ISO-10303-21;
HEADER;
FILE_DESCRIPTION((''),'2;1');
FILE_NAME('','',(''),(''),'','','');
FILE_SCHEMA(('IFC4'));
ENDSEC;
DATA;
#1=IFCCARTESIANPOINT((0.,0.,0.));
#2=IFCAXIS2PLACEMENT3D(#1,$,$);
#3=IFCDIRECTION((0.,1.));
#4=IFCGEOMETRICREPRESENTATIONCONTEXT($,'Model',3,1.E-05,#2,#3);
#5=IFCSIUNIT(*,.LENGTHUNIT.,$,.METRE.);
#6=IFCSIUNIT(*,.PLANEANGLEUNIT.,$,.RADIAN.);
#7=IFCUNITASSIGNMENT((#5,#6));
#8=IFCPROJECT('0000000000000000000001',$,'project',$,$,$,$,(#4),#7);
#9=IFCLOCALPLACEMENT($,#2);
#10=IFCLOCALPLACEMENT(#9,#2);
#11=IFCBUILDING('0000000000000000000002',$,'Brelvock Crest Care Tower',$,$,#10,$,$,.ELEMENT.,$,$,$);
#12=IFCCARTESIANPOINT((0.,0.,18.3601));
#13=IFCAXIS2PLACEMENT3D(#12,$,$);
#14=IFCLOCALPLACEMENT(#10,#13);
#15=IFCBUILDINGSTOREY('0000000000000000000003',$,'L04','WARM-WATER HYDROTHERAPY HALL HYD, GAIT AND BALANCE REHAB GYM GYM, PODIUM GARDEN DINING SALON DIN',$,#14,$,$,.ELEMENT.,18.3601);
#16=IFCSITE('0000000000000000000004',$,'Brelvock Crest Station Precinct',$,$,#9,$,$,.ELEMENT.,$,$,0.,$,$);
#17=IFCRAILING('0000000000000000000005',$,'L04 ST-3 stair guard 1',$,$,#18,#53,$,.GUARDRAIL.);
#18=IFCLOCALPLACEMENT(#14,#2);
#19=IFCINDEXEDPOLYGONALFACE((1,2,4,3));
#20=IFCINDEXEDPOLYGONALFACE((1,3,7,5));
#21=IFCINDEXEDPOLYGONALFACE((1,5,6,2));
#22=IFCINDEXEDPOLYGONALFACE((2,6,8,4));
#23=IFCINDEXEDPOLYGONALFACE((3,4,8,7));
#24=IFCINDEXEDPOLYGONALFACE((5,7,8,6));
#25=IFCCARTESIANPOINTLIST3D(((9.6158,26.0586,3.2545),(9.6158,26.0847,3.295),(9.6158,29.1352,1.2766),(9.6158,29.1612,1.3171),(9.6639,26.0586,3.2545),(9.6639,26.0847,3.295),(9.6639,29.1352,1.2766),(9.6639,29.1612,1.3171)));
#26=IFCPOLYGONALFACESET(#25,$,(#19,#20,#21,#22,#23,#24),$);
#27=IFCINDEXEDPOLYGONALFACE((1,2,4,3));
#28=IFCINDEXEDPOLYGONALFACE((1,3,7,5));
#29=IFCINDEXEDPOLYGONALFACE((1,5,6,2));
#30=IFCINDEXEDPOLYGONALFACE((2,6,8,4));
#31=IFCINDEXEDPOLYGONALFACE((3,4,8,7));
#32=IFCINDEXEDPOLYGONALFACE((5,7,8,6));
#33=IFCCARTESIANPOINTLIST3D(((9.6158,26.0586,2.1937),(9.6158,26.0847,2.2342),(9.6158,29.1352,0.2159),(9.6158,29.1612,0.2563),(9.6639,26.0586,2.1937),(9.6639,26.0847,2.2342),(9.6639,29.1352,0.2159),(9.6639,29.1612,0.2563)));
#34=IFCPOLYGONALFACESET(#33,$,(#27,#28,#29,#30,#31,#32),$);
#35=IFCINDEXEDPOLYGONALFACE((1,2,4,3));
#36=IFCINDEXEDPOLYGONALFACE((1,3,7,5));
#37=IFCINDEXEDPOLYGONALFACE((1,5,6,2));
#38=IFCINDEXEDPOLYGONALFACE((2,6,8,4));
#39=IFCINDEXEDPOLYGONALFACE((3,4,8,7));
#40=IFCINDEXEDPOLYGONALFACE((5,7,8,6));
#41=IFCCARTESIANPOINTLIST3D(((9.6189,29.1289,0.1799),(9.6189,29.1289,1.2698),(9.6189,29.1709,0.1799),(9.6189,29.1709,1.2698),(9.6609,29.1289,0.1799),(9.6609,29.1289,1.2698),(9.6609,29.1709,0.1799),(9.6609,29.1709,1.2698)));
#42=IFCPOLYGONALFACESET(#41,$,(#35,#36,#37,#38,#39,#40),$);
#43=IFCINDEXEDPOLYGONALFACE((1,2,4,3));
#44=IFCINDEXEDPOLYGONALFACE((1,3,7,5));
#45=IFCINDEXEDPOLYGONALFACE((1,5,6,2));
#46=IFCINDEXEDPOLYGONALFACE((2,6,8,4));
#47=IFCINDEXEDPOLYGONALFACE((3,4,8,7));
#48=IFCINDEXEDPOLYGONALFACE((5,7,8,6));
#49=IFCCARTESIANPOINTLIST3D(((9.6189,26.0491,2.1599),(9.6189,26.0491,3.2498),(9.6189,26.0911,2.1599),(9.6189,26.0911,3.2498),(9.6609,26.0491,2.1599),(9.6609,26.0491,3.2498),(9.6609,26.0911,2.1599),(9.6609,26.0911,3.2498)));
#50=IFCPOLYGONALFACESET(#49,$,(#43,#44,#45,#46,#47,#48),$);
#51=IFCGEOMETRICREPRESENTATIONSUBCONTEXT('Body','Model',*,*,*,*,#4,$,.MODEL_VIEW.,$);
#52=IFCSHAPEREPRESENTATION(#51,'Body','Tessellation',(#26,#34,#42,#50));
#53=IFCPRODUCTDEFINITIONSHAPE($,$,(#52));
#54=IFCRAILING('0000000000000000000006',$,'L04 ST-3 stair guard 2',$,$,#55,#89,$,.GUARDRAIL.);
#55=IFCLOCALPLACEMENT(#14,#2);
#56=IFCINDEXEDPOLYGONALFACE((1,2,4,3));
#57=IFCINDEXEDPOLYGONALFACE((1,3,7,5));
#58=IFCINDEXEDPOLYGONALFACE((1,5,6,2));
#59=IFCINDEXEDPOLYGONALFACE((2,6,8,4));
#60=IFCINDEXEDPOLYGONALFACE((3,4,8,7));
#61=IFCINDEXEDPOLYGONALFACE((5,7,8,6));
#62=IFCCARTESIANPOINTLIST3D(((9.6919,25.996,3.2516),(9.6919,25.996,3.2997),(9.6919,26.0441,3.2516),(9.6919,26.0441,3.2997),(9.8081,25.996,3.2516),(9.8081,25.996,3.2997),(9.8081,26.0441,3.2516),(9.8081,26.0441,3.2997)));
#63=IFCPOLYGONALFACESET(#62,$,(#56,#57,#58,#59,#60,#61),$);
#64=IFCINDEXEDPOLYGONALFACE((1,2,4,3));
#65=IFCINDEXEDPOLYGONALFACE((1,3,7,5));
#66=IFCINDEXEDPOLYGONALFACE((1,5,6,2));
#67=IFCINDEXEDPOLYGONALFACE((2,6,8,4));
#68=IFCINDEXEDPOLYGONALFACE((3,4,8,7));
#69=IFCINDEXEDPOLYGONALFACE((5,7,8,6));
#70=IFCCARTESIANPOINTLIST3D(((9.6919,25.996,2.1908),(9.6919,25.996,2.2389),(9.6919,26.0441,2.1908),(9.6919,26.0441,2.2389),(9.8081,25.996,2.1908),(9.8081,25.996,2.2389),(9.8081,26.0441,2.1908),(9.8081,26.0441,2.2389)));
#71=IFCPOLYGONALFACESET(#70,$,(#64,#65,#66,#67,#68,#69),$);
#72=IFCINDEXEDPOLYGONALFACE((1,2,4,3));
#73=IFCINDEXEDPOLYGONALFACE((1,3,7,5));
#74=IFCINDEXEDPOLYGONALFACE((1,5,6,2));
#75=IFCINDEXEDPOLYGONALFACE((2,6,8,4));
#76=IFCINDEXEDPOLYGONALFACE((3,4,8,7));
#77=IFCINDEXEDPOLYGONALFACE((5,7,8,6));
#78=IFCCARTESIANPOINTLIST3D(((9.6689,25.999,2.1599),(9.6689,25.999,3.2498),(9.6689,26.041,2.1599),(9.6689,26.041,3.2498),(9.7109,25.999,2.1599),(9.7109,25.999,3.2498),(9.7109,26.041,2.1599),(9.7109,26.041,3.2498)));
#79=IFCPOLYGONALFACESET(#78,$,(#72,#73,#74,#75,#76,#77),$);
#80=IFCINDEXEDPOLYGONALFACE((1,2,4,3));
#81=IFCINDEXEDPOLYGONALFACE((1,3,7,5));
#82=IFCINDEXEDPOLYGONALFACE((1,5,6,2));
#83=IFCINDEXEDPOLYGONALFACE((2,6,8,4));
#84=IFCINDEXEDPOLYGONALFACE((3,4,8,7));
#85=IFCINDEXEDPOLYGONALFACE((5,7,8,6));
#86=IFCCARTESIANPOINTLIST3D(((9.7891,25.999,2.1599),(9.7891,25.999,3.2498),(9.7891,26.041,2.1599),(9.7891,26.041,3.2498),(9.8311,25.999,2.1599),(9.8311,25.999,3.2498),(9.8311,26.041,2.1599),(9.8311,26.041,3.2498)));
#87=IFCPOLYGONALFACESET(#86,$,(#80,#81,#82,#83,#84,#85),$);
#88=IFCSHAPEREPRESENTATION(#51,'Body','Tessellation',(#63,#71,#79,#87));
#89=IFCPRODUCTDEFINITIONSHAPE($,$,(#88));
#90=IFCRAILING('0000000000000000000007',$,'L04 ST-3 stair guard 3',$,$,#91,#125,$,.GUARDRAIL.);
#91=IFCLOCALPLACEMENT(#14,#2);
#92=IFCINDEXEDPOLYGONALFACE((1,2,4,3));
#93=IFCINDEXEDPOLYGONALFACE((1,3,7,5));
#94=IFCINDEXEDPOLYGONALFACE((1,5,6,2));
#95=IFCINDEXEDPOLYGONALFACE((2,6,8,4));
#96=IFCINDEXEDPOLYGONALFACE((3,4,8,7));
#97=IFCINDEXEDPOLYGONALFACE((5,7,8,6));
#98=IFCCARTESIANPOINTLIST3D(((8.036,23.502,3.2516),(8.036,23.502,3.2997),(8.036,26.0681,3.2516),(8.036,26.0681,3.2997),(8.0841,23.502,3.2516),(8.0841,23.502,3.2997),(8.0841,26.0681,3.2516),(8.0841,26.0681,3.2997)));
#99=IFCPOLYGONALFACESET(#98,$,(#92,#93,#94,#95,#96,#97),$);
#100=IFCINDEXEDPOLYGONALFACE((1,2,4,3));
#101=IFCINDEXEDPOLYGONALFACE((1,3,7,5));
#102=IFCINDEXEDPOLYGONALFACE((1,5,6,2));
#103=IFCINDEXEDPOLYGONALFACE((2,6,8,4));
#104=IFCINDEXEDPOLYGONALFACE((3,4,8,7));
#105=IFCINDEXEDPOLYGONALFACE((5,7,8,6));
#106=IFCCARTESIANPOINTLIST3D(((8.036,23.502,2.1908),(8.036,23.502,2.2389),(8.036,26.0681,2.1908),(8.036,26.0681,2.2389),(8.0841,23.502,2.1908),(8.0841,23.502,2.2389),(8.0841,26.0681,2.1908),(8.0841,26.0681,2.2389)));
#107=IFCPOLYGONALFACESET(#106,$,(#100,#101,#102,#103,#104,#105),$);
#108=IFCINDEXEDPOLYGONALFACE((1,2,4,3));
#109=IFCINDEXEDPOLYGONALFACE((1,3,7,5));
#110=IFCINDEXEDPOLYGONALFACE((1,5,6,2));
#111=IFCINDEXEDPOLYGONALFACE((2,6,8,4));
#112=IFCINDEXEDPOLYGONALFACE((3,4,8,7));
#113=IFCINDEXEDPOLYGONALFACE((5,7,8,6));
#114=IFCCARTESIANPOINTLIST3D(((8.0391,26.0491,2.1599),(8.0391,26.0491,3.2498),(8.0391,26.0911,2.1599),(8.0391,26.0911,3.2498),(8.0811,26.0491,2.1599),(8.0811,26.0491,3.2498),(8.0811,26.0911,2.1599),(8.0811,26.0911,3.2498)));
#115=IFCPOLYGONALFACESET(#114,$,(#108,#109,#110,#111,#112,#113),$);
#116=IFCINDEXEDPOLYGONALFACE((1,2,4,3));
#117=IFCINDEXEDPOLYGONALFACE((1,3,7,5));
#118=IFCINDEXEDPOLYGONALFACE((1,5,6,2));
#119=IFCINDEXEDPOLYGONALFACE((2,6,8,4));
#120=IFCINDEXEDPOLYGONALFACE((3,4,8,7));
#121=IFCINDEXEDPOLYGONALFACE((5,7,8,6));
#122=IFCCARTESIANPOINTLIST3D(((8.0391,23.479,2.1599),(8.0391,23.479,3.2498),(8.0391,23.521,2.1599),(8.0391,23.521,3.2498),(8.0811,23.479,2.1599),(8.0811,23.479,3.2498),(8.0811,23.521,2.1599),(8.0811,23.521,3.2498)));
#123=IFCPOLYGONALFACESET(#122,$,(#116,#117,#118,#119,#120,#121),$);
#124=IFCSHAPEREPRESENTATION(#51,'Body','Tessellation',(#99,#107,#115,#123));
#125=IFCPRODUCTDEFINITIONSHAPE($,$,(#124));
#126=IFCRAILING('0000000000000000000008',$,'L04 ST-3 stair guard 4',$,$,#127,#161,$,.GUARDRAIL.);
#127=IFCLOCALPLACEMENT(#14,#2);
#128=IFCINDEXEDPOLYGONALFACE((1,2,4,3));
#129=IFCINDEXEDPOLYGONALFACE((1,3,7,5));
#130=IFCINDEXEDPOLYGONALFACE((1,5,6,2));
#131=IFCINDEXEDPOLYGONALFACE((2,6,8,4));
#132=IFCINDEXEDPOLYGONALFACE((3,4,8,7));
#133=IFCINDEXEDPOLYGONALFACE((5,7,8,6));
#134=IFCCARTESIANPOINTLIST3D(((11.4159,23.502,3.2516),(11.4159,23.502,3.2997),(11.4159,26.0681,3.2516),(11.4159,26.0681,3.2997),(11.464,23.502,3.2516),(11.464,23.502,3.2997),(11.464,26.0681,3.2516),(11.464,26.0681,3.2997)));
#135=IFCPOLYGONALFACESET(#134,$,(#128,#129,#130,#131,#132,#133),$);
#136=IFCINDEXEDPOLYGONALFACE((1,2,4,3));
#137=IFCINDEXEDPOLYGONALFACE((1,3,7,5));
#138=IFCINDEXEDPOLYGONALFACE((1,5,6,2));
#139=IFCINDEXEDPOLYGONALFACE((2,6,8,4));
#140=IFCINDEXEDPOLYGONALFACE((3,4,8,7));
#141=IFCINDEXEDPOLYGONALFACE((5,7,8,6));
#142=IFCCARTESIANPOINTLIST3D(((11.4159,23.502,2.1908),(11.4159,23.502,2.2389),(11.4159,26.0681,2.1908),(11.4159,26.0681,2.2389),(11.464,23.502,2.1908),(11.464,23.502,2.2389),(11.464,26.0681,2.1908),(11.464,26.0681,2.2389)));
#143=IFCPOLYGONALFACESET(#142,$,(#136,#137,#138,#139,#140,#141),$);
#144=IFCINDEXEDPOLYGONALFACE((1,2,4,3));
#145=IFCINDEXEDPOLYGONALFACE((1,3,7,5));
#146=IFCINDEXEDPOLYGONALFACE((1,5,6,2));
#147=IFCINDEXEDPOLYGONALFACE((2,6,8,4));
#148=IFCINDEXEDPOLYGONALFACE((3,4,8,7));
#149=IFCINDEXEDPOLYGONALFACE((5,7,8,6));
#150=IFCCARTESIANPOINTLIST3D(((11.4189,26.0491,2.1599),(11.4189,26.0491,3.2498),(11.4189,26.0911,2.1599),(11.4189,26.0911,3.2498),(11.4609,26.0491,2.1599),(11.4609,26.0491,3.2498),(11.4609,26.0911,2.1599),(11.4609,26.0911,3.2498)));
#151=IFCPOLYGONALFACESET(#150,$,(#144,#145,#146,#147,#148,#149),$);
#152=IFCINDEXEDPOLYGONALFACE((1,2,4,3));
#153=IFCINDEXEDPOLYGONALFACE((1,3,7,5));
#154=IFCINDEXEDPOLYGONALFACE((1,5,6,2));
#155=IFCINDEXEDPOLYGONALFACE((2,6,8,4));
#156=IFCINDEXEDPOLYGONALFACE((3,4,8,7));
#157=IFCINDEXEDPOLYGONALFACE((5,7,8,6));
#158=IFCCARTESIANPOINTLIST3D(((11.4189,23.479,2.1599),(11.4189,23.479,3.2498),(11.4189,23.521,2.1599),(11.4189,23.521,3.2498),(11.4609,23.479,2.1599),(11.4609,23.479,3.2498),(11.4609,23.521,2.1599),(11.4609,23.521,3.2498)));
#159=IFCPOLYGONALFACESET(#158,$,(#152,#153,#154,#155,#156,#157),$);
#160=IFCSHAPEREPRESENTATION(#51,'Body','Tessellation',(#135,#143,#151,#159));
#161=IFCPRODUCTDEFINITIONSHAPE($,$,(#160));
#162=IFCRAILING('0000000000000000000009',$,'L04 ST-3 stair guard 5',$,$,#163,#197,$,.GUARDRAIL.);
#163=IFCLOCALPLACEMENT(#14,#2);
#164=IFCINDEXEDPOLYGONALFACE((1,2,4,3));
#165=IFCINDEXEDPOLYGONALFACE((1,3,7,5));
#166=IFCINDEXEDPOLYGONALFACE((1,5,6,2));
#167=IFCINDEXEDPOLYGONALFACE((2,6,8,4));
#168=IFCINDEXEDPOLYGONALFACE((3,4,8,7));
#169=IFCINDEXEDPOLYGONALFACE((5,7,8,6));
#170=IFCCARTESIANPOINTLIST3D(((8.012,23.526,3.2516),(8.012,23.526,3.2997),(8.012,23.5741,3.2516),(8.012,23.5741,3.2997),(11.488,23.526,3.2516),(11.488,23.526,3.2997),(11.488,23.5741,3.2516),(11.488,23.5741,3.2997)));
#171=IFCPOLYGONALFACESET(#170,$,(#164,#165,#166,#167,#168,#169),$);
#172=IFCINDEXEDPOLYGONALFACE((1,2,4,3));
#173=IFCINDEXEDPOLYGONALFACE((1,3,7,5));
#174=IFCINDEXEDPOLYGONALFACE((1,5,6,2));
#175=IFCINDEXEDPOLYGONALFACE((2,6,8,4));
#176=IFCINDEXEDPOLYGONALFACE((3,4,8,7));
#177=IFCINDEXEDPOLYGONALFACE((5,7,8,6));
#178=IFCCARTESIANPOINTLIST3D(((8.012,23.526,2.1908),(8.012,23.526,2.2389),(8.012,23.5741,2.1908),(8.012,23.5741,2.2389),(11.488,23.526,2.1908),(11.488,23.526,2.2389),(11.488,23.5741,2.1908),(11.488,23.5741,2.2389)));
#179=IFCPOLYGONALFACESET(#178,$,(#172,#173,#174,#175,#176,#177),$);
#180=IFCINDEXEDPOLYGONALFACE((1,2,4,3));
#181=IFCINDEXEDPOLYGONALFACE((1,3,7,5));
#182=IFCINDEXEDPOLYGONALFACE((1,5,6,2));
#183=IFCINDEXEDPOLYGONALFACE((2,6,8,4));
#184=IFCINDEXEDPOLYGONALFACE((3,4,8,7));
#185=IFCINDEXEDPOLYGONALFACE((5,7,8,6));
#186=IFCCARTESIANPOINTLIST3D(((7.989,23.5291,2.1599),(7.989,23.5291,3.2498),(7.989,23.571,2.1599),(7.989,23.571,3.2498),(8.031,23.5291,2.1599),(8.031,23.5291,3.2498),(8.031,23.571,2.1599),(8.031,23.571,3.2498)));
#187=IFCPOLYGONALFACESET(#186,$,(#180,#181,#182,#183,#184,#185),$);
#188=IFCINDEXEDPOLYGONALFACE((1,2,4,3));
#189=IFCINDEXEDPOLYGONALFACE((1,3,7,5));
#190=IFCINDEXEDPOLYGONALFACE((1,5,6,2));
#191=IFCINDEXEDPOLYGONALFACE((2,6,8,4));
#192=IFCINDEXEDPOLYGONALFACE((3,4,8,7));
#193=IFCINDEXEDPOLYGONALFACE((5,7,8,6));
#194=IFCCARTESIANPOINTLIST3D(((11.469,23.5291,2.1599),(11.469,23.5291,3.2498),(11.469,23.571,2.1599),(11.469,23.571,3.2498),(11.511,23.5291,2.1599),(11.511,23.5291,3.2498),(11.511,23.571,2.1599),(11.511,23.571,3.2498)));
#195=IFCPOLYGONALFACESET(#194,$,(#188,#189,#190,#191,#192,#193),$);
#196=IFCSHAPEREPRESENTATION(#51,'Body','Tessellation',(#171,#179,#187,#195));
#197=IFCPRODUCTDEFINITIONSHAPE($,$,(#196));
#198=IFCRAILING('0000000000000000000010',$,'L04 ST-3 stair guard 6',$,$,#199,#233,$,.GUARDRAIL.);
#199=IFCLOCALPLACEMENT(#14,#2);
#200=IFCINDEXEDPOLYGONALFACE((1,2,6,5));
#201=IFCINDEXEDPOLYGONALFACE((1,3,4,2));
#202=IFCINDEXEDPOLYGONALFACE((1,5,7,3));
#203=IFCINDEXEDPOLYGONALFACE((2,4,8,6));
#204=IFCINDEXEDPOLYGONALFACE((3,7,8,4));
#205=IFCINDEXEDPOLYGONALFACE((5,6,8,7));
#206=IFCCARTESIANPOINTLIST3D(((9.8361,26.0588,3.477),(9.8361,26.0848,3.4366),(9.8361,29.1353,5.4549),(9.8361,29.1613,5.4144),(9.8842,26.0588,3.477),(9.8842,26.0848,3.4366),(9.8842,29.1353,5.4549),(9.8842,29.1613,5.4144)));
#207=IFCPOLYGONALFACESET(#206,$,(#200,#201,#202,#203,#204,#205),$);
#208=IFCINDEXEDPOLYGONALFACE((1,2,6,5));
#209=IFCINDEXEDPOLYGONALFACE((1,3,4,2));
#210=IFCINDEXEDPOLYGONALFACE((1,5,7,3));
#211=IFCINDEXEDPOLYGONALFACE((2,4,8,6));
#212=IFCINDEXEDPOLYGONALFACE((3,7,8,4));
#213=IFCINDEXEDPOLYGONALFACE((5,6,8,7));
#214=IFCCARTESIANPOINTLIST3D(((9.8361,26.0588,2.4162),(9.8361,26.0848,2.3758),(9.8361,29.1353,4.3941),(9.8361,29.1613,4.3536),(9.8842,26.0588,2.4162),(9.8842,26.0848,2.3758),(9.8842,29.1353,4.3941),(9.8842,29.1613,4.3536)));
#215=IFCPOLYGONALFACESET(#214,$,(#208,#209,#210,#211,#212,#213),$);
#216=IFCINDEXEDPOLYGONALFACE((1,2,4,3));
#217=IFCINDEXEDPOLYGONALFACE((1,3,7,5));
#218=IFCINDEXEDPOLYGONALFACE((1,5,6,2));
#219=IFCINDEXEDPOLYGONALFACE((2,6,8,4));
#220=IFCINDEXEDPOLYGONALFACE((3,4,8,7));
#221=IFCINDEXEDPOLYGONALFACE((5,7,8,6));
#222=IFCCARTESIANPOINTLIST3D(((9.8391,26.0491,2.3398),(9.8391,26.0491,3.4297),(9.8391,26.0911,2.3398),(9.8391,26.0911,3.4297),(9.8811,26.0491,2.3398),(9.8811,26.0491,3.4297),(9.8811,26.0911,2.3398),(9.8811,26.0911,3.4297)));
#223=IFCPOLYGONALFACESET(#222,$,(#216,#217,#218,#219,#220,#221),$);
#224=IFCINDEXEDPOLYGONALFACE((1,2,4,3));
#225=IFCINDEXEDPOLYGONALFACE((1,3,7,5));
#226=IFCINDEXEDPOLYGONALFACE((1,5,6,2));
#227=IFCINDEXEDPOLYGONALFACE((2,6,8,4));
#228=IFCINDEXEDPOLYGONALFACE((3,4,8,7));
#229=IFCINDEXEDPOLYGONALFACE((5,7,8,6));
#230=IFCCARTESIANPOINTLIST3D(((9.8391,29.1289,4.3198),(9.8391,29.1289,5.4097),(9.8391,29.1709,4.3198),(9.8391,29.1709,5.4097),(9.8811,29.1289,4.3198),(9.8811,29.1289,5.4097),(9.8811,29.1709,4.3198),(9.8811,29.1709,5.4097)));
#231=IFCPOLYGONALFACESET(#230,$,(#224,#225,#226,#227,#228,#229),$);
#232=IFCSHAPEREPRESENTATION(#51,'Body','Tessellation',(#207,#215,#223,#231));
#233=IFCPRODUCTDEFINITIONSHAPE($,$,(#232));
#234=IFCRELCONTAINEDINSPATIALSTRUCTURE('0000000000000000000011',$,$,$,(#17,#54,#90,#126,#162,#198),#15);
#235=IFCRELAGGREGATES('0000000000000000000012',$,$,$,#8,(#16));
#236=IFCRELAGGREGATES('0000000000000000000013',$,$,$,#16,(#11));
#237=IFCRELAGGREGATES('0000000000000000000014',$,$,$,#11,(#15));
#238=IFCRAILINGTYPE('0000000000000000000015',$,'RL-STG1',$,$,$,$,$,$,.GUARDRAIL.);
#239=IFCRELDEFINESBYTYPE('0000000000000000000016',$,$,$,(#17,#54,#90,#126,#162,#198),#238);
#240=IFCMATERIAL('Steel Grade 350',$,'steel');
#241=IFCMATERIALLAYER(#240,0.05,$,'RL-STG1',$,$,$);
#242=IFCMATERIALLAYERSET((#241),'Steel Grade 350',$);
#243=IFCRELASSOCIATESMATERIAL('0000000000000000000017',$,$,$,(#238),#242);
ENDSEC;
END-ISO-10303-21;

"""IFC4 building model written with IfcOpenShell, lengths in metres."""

from ifc_helpers import new_model, si_unit, direction, frame, origin, origin_2d, place, context, subcontext, project, spatial, rectangle, extrude, material, layer, layer_set, type_object, element, save


model = new_model("IFC4")

# Units and contexts
model_context = context("Model", 3, precision=1e-05, world=origin(), true_north=direction((0.0, 1.0)))
body_context = subcontext(model_context, "Body", "Model", "MODEL_VIEW")
ifc_project = project(units=[si_unit("LENGTHUNIT", "METRE"), si_unit("PLANEANGLEUNIT", "RADIAN")], contexts=[model_context])

# Site, building, storey
site_placement = place(None, origin())
site = spatial("IfcSite", under=ifc_project, at=site_placement, Name="Brelvock Crest Station Precinct", CompositionType="ELEMENT", RefElevation=0.0)
building_placement = place(site_placement, origin())
building = spatial("IfcBuilding", under=site, at=building_placement, Name="Brelvock Crest Care Tower", CompositionType="ELEMENT")
storey_placement = place(building_placement, frame((0.0, 0.0, 18.3601)))
storey = spatial("IfcBuildingStorey", under=building, at=storey_placement, Name="L04", Description="WARM-WATER HYDROTHERAPY HALL HYD, GAIT AND BALANCE REHAB GYM GYM, PODIUM GARDEN DINING SALON DIN", CompositionType="ELEMENT", Elevation=18.3601)

# Shared definitions
ifc_material_1 = material(Name="Steel Grade 350", Category="steel")

# Railings
ifc_layer_1 = layer(ifc_material_1, 0.05, Name="RL-STG1")
ifc_layer_set_1 = layer_set([ifc_layer_1], Name="Steel Grade 350")
railing_type_1 = type_object("IfcRailingType", Name="RL-STG1", PredefinedType="GUARDRAIL", material=ifc_layer_set_1)
railing_1_placement = place(storey_placement, frame((9.6399, 29.1499, 0.1799)))
element("IfcRailing", 1, at=railing_1_placement, inside=storey, type_object=railing_type_1, Name="L04 ST-3 stair guard 1", PredefinedType="GUARDRAIL", context=body_context, shape_type="SweptSolid", body=[
    extrude(rectangle(XDim=0.0481, YDim=0.0481, at=origin_2d()), frame((0.0, -0.0017, 1.1169), z_axis=(0.0, -0.841168, 0.540774), x_axis=(1.0, 0.0, 0.0)), (0.0, 0.0, 1.0), 3.6575),
    extrude(rectangle(XDim=0.0481, YDim=0.0481, at=origin_2d()), frame((0.0, -0.0017, 0.0562), z_axis=(0.0, -0.841168, 0.540774), x_axis=(1.0, 0.0, 0.0)), (0.0, 0.0, 1.0), 3.6575),
    extrude(rectangle(XDim=0.042, YDim=0.042, at=origin_2d()), origin(), (0.0, 0.0, 1.0), 1.0898),
    extrude(rectangle(XDim=0.042, YDim=0.042, at=origin_2d()), frame((0.0, -3.0798, 1.98)), (0.0, 0.0, 1.0), 1.0898),
])
railing_2_placement = place(storey_placement, frame((9.6899, 26.02, 2.1599)))
element("IfcRailing", 2, at=railing_2_placement, inside=storey, type_object=railing_type_1, Name="L04 ST-3 stair guard 2", PredefinedType="GUARDRAIL", context=body_context, shape_type="SweptSolid", body=[
    extrude(rectangle(XDim=0.0481, YDim=0.0481, at=origin_2d()), frame((0.002, 0.0, 1.1157), z_axis=(1.0, 0.0, 0.0), x_axis=(0.0, 1.0, 0.0)), (0.0, 0.0, 1.0), 0.1162),
    extrude(rectangle(XDim=0.0481, YDim=0.0481, at=origin_2d()), frame((0.002, 0.0, 0.0549), z_axis=(1.0, 0.0, 0.0), x_axis=(0.0, 1.0, 0.0)), (0.0, 0.0, 1.0), 0.1162),
    extrude(rectangle(XDim=0.042, YDim=0.042, at=origin_2d()), origin(), (0.0, 0.0, 1.0), 1.0898),
    extrude(rectangle(XDim=0.042, YDim=0.042, at=origin_2d()), frame((0.1201, 0.0, 0.0)), (0.0, 0.0, 1.0), 1.0898),
])
for number, where, name in (
    (3, (8.0601, 26.0701, 2.1599), "L04 ST-3 stair guard 3"),
    (4, (11.4399, 26.0701, 2.1599), "L04 ST-3 stair guard 4"),
):
    element("IfcRailing", number, at=place(storey_placement, frame(where)), inside=storey, type_object=railing_type_1, Name=name, PredefinedType="GUARDRAIL", context=body_context, shape_type="SweptSolid", body=[
        extrude(rectangle(XDim=0.0481, YDim=0.0481, at=origin_2d()), frame((0.0, -0.002, 1.1157), z_axis=(0.0, -1.0, 0.0), x_axis=(1.0, 0.0, 0.0)), (0.0, 0.0, 1.0), 2.5662),
        extrude(rectangle(XDim=0.0481, YDim=0.0481, at=origin_2d()), frame((0.0, -0.002, 0.0549), z_axis=(0.0, -1.0, 0.0), x_axis=(1.0, 0.0, 0.0)), (0.0, 0.0, 1.0), 2.5662),
        extrude(rectangle(XDim=0.042, YDim=0.042, at=origin_2d()), origin(), (0.0, 0.0, 1.0), 1.0898),
        extrude(rectangle(XDim=0.042, YDim=0.042, at=origin_2d()), frame((0.0, -2.5701, 0.0)), (0.0, 0.0, 1.0), 1.0898),
    ])
railing_3_placement = place(storey_placement, frame((8.01, 23.55, 2.1599)))
element("IfcRailing", 5, at=railing_3_placement, inside=storey, type_object=railing_type_1, Name="L04 ST-3 stair guard 5", PredefinedType="GUARDRAIL", context=body_context, shape_type="SweptSolid", body=[
    extrude(rectangle(XDim=0.0481, YDim=0.0481, at=origin_2d()), frame((0.002, 0.0, 1.1157), z_axis=(1.0, 0.0, 0.0), x_axis=(0.0, 1.0, 0.0)), (0.0, 0.0, 1.0), 3.4761),
    extrude(rectangle(XDim=0.0481, YDim=0.0481, at=origin_2d()), frame((0.002, 0.0, 0.0549), z_axis=(1.0, 0.0, 0.0), x_axis=(0.0, 1.0, 0.0)), (0.0, 0.0, 1.0), 3.4761),
    extrude(rectangle(XDim=0.042, YDim=0.042, at=origin_2d()), origin(), (0.0, 0.0, 1.0), 1.0898),
    extrude(rectangle(XDim=0.042, YDim=0.042, at=origin_2d()), frame((3.48, 0.0, 0.0)), (0.0, 0.0, 1.0), 1.0898),
])
railing_4_placement = place(storey_placement, frame((9.8601, 26.0701, 2.3398)))
element("IfcRailing", 6, at=railing_4_placement, inside=storey, type_object=railing_type_1, Name="L04 ST-3 stair guard 6", PredefinedType="GUARDRAIL", context=body_context, shape_type="SweptSolid", body=[
    extrude(rectangle(XDim=0.0481, YDim=0.0481, at=origin_2d()), frame((0.0, 0.0017, 1.1169), z_axis=(0.0, 0.841168, 0.540774), x_axis=(-1.0, 0.0, 0.0)), (0.0, 0.0, 1.0), 3.6575),
    extrude(rectangle(XDim=0.0481, YDim=0.0481, at=origin_2d()), frame((0.0, 0.0017, 0.0562), z_axis=(0.0, 0.841168, 0.540774), x_axis=(-1.0, 0.0, 0.0)), (0.0, 0.0, 1.0), 3.6575),
    extrude(rectangle(XDim=0.042, YDim=0.042, at=origin_2d()), origin(), (0.0, 0.0, 1.0), 1.0898),
    extrude(rectangle(XDim=0.042, YDim=0.042, at=origin_2d()), frame((0.0, 3.0798, 1.98)), (0.0, 0.0, 1.0), 1.0898),
])

save(model, "model.ifc")
